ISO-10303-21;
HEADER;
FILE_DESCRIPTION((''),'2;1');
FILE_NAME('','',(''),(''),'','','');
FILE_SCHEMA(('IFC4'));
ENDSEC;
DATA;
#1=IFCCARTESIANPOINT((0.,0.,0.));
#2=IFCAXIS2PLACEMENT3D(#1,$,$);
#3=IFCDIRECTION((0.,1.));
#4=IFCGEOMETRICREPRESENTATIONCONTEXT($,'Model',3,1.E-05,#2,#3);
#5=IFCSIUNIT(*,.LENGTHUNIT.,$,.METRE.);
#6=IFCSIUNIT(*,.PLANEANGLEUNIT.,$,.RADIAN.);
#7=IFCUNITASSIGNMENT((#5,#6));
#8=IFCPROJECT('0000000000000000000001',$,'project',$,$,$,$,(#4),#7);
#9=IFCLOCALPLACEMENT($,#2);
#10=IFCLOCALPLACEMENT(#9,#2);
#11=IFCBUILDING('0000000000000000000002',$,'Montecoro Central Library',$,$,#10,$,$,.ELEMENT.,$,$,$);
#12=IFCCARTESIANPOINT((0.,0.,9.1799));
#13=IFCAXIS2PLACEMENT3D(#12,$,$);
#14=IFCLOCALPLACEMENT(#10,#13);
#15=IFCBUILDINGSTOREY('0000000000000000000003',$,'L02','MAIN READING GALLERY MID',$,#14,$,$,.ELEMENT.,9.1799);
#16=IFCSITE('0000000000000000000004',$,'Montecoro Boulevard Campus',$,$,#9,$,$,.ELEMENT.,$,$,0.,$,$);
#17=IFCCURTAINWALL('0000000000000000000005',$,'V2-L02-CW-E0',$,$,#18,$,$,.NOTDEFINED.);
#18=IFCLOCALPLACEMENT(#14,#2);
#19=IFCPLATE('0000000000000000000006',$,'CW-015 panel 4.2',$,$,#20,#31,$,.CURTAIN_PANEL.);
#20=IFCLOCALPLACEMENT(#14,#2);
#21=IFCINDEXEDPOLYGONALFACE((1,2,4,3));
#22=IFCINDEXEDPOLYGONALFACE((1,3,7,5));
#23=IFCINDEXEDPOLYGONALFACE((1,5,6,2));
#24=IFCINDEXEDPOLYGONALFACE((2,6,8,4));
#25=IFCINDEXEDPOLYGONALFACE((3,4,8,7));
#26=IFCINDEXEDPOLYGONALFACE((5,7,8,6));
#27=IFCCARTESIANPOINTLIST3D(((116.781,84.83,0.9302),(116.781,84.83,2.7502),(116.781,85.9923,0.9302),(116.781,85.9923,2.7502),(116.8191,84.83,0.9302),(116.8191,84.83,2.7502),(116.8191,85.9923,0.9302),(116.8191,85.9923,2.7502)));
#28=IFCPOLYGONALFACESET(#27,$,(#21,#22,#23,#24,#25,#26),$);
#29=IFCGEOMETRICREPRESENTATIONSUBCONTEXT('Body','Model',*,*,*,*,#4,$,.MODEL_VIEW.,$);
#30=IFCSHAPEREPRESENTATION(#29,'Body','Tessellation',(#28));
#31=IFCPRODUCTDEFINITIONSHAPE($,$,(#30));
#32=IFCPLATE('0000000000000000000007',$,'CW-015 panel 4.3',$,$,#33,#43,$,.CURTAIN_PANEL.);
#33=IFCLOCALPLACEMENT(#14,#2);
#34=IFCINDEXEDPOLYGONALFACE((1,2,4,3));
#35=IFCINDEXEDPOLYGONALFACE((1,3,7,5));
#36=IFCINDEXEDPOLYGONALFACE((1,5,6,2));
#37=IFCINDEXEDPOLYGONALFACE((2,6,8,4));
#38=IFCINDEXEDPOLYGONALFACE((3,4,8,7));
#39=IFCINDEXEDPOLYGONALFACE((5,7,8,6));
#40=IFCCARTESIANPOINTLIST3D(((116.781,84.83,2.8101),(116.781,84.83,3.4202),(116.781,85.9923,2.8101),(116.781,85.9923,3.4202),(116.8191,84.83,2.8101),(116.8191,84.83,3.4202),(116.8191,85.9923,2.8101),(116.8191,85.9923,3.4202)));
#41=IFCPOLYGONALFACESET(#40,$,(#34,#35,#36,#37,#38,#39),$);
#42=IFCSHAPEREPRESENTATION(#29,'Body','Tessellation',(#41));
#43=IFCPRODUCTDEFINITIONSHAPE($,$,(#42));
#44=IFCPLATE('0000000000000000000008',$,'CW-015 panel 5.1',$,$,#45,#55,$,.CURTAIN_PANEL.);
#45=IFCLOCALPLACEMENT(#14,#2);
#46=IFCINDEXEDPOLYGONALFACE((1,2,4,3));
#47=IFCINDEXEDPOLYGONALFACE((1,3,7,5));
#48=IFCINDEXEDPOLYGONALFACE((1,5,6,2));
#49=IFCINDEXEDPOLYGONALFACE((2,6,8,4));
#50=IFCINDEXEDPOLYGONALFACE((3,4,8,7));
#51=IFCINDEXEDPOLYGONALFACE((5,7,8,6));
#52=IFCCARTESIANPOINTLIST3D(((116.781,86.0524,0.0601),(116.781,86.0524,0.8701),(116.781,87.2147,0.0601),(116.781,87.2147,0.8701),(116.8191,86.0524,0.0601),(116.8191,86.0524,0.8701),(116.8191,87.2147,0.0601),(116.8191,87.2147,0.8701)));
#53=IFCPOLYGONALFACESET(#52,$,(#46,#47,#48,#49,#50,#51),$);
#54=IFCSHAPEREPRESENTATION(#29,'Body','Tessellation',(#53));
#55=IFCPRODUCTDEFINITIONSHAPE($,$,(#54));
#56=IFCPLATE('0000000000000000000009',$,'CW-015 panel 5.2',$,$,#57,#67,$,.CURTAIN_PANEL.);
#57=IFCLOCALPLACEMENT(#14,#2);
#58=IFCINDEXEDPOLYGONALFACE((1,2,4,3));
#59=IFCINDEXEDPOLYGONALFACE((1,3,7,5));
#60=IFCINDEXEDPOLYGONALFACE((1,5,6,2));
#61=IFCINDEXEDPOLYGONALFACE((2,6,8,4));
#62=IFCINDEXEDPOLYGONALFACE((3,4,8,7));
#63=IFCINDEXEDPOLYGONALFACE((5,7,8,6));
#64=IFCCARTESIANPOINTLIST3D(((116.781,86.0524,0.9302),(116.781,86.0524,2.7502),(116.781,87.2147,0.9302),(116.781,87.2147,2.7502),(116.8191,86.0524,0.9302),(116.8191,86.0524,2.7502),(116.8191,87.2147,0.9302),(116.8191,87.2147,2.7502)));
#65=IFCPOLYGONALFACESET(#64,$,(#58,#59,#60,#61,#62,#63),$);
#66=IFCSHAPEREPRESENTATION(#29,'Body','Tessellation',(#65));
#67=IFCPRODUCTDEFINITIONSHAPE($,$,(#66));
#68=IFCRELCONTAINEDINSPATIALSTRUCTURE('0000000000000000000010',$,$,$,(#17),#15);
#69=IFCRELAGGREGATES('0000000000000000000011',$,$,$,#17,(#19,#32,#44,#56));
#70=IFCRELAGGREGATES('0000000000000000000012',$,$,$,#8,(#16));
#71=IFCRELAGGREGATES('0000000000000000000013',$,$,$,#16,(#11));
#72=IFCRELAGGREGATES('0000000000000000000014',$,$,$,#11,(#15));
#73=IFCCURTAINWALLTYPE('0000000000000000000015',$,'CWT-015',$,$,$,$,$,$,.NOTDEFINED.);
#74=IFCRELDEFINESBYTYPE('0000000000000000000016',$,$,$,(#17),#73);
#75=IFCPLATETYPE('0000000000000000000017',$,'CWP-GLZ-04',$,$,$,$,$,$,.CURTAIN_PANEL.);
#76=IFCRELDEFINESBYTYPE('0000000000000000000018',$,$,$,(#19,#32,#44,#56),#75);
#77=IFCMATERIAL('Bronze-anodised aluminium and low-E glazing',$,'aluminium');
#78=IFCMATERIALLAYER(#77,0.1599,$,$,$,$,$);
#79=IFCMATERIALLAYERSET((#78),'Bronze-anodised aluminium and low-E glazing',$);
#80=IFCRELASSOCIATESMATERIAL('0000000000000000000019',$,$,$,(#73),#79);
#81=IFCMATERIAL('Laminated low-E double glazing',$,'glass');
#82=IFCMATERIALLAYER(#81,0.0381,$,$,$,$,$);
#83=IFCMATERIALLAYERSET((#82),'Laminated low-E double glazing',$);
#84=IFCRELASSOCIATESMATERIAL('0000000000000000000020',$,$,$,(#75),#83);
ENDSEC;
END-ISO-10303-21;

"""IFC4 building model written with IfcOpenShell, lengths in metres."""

from ifc_helpers import new_model, si_unit, direction, frame, origin, origin_2d, place, context, subcontext, project, spatial, rectangle, extrude, material, layer, layer_set, type_object, element, aggregate, save


model = new_model("IFC4")

# Units and contexts
model_context = context("Model", 3, precision=1e-05, world=origin(), true_north=direction((0.0, 1.0)))
body_context = subcontext(model_context, "Body", "Model", "MODEL_VIEW")
ifc_project = project(units=[si_unit("LENGTHUNIT", "METRE"), si_unit("PLANEANGLEUNIT", "RADIAN")], contexts=[model_context])

# Site, building, storey
site_placement = place(None, origin())
site = spatial("IfcSite", under=ifc_project, at=site_placement, Name="Montecoro Boulevard Campus", CompositionType="ELEMENT", RefElevation=0.0)
building_placement = place(site_placement, origin())
building = spatial("IfcBuilding", under=site, at=building_placement, Name="Montecoro Central Library", CompositionType="ELEMENT")
storey_placement = place(building_placement, frame((0.0, 0.0, 9.1799)))
storey = spatial("IfcBuildingStorey", under=building, at=storey_placement, Name="L02", Description="MAIN READING GALLERY MID", CompositionType="ELEMENT", Elevation=9.1799)

# Curtain wall, plates
ifc_material_1 = material(Name="Bronze-anodised aluminium and low-E glazing", Category="aluminium")
ifc_layer_1 = layer(ifc_material_1, 0.1599)
ifc_layer_set_1 = layer_set([ifc_layer_1], Name="Bronze-anodised aluminium and low-E glazing")
curtain_wall_type = type_object("IfcCurtainWallType", Name="CWT-015", PredefinedType="NOTDEFINED", material=ifc_layer_set_1)
curtain_wall_placement = place(storey_placement, origin())
curtain_wall = element("IfcCurtainWall", 1, at=curtain_wall_placement, inside=storey, type_object=curtain_wall_type, Name="V2-L02-CW-E0", PredefinedType="NOTDEFINED")
ifc_material_2 = material(Name="Laminated low-E double glazing", Category="glass")
ifc_layer_2 = layer(ifc_material_2, 0.0381)
ifc_layer_set_2 = layer_set([ifc_layer_2], Name="Laminated low-E double glazing")
plate_type = type_object("IfcPlateType", Name="CWP-GLZ-04", PredefinedType="CURTAIN_PANEL", material=ifc_layer_set_2)
plate_1_placement = place(storey_placement, frame((116.8, 85.4111, 0.9302), z_axis=(0.0, 0.0, 1.0), x_axis=(0.0, 1.0, 0.0)))
plate_1 = element("IfcPlate", 2, at=plate_1_placement, type_object=plate_type, Name="CW-015 panel 4.2", PredefinedType="CURTAIN_PANEL", context=body_context, shape_type="SweptSolid", body=[
    extrude(rectangle(XDim=1.1624, YDim=0.0381, at=origin_2d()), origin(), (0.0, 0.0, 1.0), 1.8201),
])
plate_2_placement = place(storey_placement, frame((116.8, 85.4111, 2.8101), z_axis=(0.0, 0.0, 1.0), x_axis=(0.0, 1.0, 0.0)))
plate_2 = element("IfcPlate", 3, at=plate_2_placement, type_object=plate_type, Name="CW-015 panel 4.3", PredefinedType="CURTAIN_PANEL", context=body_context, shape_type="SweptSolid", body=[
    extrude(rectangle(XDim=1.1624, YDim=0.0381, at=origin_2d()), origin(), (0.0, 0.0, 1.0), 0.6101),
])
plate_3_placement = place(storey_placement, frame((116.8, 86.6335, 0.0601), z_axis=(0.0, 0.0, 1.0), x_axis=(0.0, 1.0, 0.0)))
plate_3 = element("IfcPlate", 4, at=plate_3_placement, type_object=plate_type, Name="CW-015 panel 5.1", PredefinedType="CURTAIN_PANEL", context=body_context, shape_type="SweptSolid", body=[
    extrude(rectangle(XDim=1.1624, YDim=0.0381, at=origin_2d()), origin(), (0.0, 0.0, 1.0), 0.8101),
])
plate_4_placement = place(storey_placement, frame((116.8, 86.6335, 0.9302), z_axis=(0.0, 0.0, 1.0), x_axis=(0.0, 1.0, 0.0)))
plate_4 = element("IfcPlate", 5, at=plate_4_placement, type_object=plate_type, Name="CW-015 panel 5.2", PredefinedType="CURTAIN_PANEL", context=body_context, shape_type="SweptSolid", body=[
    extrude(rectangle(XDim=1.1624, YDim=0.0381, at=origin_2d()), origin(), (0.0, 0.0, 1.0), 1.8201),
])
aggregate(curtain_wall, [plate_1, plate_2, plate_3, plate_4])

save(model, "model.ifc")
